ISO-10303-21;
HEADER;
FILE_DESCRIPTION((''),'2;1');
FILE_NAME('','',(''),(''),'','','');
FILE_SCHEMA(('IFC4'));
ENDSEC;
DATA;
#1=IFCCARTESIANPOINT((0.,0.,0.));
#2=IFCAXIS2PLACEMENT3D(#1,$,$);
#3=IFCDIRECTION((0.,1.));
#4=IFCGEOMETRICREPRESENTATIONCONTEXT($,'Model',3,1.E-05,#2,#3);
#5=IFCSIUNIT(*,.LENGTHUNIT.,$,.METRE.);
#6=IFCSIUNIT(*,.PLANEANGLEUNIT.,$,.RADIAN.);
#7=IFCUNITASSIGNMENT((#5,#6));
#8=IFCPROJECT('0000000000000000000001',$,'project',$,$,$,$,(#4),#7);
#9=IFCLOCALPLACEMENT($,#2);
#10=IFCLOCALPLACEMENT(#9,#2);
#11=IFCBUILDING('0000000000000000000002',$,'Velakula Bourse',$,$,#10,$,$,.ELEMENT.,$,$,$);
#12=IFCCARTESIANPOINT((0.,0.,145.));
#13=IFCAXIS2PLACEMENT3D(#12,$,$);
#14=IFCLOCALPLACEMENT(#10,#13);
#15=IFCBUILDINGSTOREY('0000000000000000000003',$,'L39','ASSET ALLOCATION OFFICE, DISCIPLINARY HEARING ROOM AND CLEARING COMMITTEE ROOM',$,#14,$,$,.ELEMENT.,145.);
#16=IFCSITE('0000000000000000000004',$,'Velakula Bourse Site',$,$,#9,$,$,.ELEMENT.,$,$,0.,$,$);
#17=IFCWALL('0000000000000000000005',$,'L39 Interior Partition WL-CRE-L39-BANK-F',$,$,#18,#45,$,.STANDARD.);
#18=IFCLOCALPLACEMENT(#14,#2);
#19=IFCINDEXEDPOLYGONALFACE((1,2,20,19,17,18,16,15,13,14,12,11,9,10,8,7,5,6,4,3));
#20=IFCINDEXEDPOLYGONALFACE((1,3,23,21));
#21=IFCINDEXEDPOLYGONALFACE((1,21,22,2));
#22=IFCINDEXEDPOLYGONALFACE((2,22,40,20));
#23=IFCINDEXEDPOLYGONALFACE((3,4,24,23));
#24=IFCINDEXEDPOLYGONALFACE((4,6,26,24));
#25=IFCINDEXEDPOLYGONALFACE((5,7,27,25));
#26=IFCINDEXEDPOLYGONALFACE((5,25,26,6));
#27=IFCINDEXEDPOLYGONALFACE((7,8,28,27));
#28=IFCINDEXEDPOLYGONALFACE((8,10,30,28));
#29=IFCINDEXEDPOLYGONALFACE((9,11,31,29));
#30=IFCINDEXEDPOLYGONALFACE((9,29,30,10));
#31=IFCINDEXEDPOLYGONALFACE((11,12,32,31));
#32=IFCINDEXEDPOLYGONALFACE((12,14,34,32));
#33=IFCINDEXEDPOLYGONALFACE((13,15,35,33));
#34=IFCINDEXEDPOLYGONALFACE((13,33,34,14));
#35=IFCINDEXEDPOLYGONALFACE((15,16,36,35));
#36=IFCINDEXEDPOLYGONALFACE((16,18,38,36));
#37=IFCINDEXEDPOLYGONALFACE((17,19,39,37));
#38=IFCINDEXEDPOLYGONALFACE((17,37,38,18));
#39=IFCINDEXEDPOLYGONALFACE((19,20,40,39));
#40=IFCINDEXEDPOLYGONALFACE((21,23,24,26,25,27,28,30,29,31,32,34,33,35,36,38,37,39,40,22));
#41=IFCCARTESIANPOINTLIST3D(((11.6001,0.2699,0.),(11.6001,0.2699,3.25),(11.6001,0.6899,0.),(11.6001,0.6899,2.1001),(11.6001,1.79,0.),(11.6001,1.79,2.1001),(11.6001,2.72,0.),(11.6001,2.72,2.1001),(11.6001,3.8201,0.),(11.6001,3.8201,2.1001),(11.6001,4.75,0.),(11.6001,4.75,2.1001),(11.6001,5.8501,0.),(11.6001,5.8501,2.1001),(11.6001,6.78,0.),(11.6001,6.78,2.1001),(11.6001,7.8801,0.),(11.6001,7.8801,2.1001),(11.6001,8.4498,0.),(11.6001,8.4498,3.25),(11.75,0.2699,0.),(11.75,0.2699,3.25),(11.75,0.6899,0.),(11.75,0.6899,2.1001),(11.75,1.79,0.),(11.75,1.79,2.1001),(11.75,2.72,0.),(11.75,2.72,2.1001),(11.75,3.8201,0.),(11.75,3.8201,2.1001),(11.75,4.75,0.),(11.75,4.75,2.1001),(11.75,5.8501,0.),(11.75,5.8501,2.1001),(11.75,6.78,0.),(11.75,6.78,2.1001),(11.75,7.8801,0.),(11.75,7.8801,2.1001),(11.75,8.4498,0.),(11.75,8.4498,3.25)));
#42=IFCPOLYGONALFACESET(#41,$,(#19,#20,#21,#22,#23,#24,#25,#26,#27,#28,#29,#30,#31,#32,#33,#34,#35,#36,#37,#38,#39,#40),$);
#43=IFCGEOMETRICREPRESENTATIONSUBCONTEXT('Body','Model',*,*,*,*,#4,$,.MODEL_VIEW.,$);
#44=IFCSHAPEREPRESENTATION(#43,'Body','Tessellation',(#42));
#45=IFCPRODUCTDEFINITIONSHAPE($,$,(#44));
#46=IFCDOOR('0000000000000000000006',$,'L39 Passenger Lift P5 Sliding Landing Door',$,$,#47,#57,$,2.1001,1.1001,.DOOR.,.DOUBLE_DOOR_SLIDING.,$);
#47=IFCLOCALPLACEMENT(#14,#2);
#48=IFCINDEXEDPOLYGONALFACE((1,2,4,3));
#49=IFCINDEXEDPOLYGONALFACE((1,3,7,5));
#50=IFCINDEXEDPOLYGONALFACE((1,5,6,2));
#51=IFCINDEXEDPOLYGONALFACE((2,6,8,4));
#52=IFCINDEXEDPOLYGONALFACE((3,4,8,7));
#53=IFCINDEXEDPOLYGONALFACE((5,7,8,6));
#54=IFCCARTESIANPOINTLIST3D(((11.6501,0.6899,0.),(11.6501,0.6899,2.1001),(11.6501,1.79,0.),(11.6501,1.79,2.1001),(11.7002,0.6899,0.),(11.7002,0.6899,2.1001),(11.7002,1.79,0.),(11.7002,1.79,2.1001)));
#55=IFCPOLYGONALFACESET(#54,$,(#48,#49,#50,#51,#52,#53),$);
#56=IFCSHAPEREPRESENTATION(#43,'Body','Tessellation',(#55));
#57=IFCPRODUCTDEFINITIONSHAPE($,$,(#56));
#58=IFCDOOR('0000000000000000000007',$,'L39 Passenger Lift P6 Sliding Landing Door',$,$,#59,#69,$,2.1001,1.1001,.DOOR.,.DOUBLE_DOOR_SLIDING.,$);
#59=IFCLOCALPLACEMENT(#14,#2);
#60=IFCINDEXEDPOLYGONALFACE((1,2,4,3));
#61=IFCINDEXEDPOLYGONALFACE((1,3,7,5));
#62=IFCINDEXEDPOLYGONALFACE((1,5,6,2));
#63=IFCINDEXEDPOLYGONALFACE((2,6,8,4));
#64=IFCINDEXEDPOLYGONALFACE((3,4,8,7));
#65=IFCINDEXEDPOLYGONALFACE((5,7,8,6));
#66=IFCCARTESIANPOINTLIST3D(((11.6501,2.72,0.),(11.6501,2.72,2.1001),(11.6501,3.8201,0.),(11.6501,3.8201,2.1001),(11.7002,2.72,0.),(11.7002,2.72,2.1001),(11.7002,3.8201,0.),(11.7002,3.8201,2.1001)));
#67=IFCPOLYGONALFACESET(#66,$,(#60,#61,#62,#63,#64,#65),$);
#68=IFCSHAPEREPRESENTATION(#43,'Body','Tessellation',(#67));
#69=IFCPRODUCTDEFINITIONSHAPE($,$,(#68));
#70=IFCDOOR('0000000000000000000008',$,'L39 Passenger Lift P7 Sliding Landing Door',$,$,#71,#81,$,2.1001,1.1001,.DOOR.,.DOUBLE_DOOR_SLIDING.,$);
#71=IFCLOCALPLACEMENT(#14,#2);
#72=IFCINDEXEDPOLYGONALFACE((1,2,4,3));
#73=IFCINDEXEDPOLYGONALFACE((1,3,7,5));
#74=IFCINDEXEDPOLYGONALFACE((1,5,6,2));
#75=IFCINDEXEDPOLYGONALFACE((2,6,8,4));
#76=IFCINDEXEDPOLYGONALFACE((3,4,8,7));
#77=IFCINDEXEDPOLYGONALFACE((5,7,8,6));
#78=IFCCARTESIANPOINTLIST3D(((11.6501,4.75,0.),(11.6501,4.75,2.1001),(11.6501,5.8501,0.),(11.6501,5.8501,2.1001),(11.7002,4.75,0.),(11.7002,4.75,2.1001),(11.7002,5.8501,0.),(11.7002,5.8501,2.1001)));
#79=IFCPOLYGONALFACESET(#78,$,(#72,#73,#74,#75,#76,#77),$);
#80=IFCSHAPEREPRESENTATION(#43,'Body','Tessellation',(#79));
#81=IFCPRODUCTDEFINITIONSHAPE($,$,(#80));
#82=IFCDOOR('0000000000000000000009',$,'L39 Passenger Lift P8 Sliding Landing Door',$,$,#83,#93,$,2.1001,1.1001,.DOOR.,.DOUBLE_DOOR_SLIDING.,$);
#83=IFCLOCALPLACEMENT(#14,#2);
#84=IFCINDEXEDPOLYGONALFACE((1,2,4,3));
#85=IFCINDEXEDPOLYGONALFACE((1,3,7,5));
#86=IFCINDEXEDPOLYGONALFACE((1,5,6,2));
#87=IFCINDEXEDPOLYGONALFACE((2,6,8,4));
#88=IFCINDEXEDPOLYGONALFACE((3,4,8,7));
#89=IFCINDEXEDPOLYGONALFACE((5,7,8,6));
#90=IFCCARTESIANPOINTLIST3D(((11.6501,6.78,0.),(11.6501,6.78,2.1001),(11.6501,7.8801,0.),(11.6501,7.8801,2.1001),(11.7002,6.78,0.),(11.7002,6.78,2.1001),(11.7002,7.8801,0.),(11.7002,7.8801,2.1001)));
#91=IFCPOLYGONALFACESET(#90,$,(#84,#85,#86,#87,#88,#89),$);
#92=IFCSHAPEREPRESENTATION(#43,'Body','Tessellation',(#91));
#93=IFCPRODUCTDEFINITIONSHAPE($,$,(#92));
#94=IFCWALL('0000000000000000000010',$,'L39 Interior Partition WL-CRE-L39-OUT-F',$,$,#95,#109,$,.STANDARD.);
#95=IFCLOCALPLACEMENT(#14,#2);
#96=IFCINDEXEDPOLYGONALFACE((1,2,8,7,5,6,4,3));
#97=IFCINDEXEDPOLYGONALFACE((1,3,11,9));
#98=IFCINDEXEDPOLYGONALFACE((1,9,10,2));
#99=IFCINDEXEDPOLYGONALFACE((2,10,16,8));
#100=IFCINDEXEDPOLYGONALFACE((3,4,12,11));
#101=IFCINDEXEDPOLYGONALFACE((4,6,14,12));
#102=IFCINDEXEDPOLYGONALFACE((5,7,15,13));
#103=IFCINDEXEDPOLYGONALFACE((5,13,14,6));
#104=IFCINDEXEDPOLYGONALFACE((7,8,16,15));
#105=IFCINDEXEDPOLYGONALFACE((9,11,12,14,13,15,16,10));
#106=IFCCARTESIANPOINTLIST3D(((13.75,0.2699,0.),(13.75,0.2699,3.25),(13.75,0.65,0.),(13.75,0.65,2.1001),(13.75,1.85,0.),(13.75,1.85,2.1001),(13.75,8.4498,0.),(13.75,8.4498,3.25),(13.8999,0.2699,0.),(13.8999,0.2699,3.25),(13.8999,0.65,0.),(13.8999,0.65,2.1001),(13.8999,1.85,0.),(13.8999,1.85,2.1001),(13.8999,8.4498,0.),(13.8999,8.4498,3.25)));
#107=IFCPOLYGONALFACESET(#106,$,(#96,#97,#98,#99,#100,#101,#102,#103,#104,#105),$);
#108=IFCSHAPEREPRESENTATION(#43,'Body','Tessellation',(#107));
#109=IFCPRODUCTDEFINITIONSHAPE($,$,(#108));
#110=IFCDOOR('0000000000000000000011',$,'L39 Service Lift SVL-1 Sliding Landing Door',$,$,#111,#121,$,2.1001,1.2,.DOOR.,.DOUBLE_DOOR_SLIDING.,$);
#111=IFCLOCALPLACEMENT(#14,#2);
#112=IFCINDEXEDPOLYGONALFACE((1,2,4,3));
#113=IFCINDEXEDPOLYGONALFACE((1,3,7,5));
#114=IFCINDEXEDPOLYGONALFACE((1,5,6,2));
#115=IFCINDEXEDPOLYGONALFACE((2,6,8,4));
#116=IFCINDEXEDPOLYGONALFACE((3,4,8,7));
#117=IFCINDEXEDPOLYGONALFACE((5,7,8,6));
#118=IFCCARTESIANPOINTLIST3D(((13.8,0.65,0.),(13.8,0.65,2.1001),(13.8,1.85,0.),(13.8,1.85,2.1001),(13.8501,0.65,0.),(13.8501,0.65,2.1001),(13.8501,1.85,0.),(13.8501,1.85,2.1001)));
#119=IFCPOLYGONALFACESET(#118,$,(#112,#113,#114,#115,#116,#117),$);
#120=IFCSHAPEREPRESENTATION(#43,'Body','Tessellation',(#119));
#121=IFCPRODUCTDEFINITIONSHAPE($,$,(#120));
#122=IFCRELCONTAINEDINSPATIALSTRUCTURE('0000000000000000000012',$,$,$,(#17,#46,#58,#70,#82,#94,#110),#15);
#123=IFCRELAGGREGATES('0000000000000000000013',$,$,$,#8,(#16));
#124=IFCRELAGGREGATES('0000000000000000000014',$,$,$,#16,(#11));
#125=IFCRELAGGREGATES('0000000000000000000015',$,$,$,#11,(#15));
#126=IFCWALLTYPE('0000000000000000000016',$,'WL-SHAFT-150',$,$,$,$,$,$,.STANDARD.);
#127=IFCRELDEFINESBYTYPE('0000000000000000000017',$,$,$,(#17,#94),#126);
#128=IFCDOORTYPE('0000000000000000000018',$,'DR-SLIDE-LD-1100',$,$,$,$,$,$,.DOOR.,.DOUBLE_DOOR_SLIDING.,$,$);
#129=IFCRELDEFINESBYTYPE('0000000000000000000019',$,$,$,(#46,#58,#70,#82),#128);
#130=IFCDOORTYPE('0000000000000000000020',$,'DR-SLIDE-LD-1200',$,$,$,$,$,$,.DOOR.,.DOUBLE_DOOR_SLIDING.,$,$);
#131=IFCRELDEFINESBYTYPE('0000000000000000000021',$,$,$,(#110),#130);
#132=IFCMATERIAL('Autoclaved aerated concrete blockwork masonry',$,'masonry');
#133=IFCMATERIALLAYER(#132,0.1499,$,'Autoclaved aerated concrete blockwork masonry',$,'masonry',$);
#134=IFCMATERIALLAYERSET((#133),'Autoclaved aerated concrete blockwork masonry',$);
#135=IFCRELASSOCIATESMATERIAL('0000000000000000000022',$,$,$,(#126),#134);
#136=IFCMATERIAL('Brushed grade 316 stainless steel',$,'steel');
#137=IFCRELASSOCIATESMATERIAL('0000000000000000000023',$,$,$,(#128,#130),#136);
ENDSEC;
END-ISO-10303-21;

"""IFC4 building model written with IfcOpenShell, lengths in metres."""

from ifc_helpers import new_model, si_unit, direction, frame, frame_2d, origin, place, context, subcontext, project, spatial, rectangle, extrude, material, layer, layer_set, type_object, element, fill, save


model = new_model("IFC4")

# Units and contexts
model_context = context("Model", 3, precision=1e-05, world=origin(), true_north=direction((0.0, 1.0)))
body_context = subcontext(model_context, "Body", "Model", "MODEL_VIEW")
ifc_project = project(units=[si_unit("LENGTHUNIT", "METRE"), si_unit("PLANEANGLEUNIT", "RADIAN")], contexts=[model_context])

# Site, building, storey
site_placement = place(None, origin())
site = spatial("IfcSite", under=ifc_project, at=site_placement, Name="Velakula Bourse Site", CompositionType="ELEMENT", RefElevation=0.0)
building_placement = place(site_placement, origin())
building = spatial("IfcBuilding", under=site, at=building_placement, Name="Velakula Bourse", CompositionType="ELEMENT")
storey_placement = place(building_placement, frame((0.0, 0.0, 145.0)))
storey = spatial("IfcBuildingStorey", under=building, at=storey_placement, Name="L39", Description="ASSET ALLOCATION OFFICE, DISCIPLINARY HEARING ROOM AND CLEARING COMMITTEE ROOM", CompositionType="ELEMENT", Elevation=145.0)

# Shared definitions
ifc_material_1 = material(Name="Autoclaved aerated concrete blockwork masonry", Category="masonry")
ifc_layer_1 = layer(ifc_material_1, 0.1499, Name="Autoclaved aerated concrete blockwork masonry", Category="masonry")
ifc_layer_set_1 = layer_set([ifc_layer_1], Name="Autoclaved aerated concrete blockwork masonry")
wall_type_1 = type_object("IfcWallType", Name="WL-SHAFT-150", PredefinedType="STANDARD", material=ifc_layer_set_1)

# Wall, openings, doors
wall_1_placement = place(storey_placement, frame((11.675, 0.27, 0.0), z_axis=(0.0, 0.0, 1.0), x_axis=(0.0, 1.0, 0.0)))
wall_1 = element("IfcWall", 1, at=wall_1_placement, inside=storey, type_object=wall_type_1, Name="L39 Interior Partition WL-CRE-L39-BANK-F", PredefinedType="STANDARD", context=body_context, shape_type="SweptSolid", body=[
    extrude(rectangle(XDim=8.1799, YDim=0.1499, at=frame_2d((4.0898, 0.0))), origin(), (0.0, 0.0, 1.0), 3.25),
])
opening_1_placement = place(wall_1_placement, frame((0.4199, 0.0, 0.0)))
opening_1 = element("IfcOpeningElement", 2, at=opening_1_placement, cuts=wall_1, PredefinedType="OPENING", context=body_context, shape_type="SweptSolid", body=[
    extrude(rectangle(XDim=1.1001, YDim=2.1001, at=frame_2d((0.55, 1.05))), frame((0.0, 0.085, 0.0), z_axis=(0.0, -1.0, 0.0), x_axis=(1.0, 0.0, 0.0)), (0.0, 0.0, 1.0), 0.1699),
])
opening_2_placement = place(wall_1_placement, frame((2.45, 0.0, 0.0)))
opening_2 = element("IfcOpeningElement", 3, at=opening_2_placement, cuts=wall_1, PredefinedType="OPENING", context=body_context, shape_type="SweptSolid", body=[
    extrude(rectangle(XDim=1.1001, YDim=2.1001, at=frame_2d((0.55, 1.05))), frame((0.0, 0.085, 0.0), z_axis=(0.0, -1.0, 0.0), x_axis=(1.0, 0.0, 0.0)), (0.0, 0.0, 1.0), 0.1699),
])
opening_3_placement = place(wall_1_placement, frame((4.48, 0.0, 0.0)))
opening_3 = element("IfcOpeningElement", 4, at=opening_3_placement, cuts=wall_1, PredefinedType="OPENING", context=body_context, shape_type="SweptSolid", body=[
    extrude(rectangle(XDim=1.1001, YDim=2.1001, at=frame_2d((0.55, 1.05))), frame((0.0, 0.085, 0.0), z_axis=(0.0, -1.0, 0.0), x_axis=(1.0, 0.0, 0.0)), (0.0, 0.0, 1.0), 0.1699),
])
opening_4_placement = place(wall_1_placement, frame((6.51, 0.0, 0.0)))
opening_4 = element("IfcOpeningElement", 5, at=opening_4_placement, cuts=wall_1, PredefinedType="OPENING", context=body_context, shape_type="SweptSolid", body=[
    extrude(rectangle(XDim=1.1001, YDim=2.1001, at=frame_2d((0.55, 1.05))), frame((0.0, 0.085, 0.0), z_axis=(0.0, -1.0, 0.0), x_axis=(1.0, 0.0, 0.0)), (0.0, 0.0, 1.0), 0.1699),
])
ifc_material_2 = material(Name="Brushed grade 316 stainless steel", Category="steel")
door_type_1 = type_object("IfcDoorType", Name="DR-SLIDE-LD-1100", OperationType="DOUBLE_DOOR_SLIDING", PredefinedType="DOOR", material=ifc_material_2)
door_1_placement = place(opening_1_placement, origin())
door_1 = element("IfcDoor", 6, at=door_1_placement, inside=storey, type_object=door_type_1, Name="L39 Passenger Lift P5 Sliding Landing Door", OperationType="DOUBLE_DOOR_SLIDING", OverallHeight=2.1001, OverallWidth=1.1001, PredefinedType="DOOR", context=body_context, shape_type="SweptSolid", body=[
    extrude(rectangle(XDim=1.1001, YDim=2.1001, at=frame_2d((0.55, 1.05))), frame((0.0, 0.0249, 0.0), z_axis=(0.0, -1.0, 0.0), x_axis=(1.0, 0.0, 0.0)), (0.0, 0.0, 1.0), 0.05),
])
fill(opening_1, door_1)
door_2_placement = place(opening_2_placement, origin())
door_2 = element("IfcDoor", 7, at=door_2_placement, inside=storey, type_object=door_type_1, Name="L39 Passenger Lift P6 Sliding Landing Door", OperationType="DOUBLE_DOOR_SLIDING", OverallHeight=2.1001, OverallWidth=1.1001, PredefinedType="DOOR", context=body_context, shape_type="SweptSolid", body=[
    extrude(rectangle(XDim=1.1001, YDim=2.1001, at=frame_2d((0.55, 1.05))), frame((0.0, 0.0249, 0.0), z_axis=(0.0, -1.0, 0.0), x_axis=(1.0, 0.0, 0.0)), (0.0, 0.0, 1.0), 0.05),
])
fill(opening_2, door_2)
door_3_placement = place(opening_3_placement, origin())
door_3 = element("IfcDoor", 8, at=door_3_placement, inside=storey, type_object=door_type_1, Name="L39 Passenger Lift P7 Sliding Landing Door", OperationType="DOUBLE_DOOR_SLIDING", OverallHeight=2.1001, OverallWidth=1.1001, PredefinedType="DOOR", context=body_context, shape_type="SweptSolid", body=[
    extrude(rectangle(XDim=1.1001, YDim=2.1001, at=frame_2d((0.55, 1.05))), frame((0.0, 0.0249, 0.0), z_axis=(0.0, -1.0, 0.0), x_axis=(1.0, 0.0, 0.0)), (0.0, 0.0, 1.0), 0.05),
])
fill(opening_3, door_3)
door_4_placement = place(opening_4_placement, origin())
door_4 = element("IfcDoor", 9, at=door_4_placement, inside=storey, type_object=door_type_1, Name="L39 Passenger Lift P8 Sliding Landing Door", OperationType="DOUBLE_DOOR_SLIDING", OverallHeight=2.1001, OverallWidth=1.1001, PredefinedType="DOOR", context=body_context, shape_type="SweptSolid", body=[
    extrude(rectangle(XDim=1.1001, YDim=2.1001, at=frame_2d((0.55, 1.05))), frame((0.0, 0.0249, 0.0), z_axis=(0.0, -1.0, 0.0), x_axis=(1.0, 0.0, 0.0)), (0.0, 0.0, 1.0), 0.05),
])
fill(opening_4, door_4)

# Wall, opening, door
wall_2_placement = place(storey_placement, frame((13.825, 0.27, 0.0), z_axis=(0.0, 0.0, 1.0), x_axis=(0.0, 1.0, 0.0)))
wall_2 = element("IfcWall", 10, at=wall_2_placement, inside=storey, type_object=wall_type_1, Name="L39 Interior Partition WL-CRE-L39-OUT-F", PredefinedType="STANDARD", context=body_context, shape_type="SweptSolid", body=[
    extrude(rectangle(XDim=8.1799, YDim=0.1499, at=frame_2d((4.0898, 0.0))), origin(), (0.0, 0.0, 1.0), 3.25),
])
opening_5_placement = place(wall_2_placement, frame((0.3799, 0.0, 0.0)))
opening_5 = element("IfcOpeningElement", 11, at=opening_5_placement, cuts=wall_2, PredefinedType="OPENING", context=body_context, shape_type="SweptSolid", body=[
    extrude(rectangle(XDim=1.2, YDim=2.1001, at=frame_2d((0.6001, 1.05))), frame((0.0, 0.085, 0.0), z_axis=(0.0, -1.0, 0.0), x_axis=(1.0, 0.0, 0.0)), (0.0, 0.0, 1.0), 0.1699),
])
door_type_2 = type_object("IfcDoorType", Name="DR-SLIDE-LD-1200", OperationType="DOUBLE_DOOR_SLIDING", PredefinedType="DOOR", material=ifc_material_2)
door_5_placement = place(opening_5_placement, origin())
door_5 = element("IfcDoor", 12, at=door_5_placement, inside=storey, type_object=door_type_2, Name="L39 Service Lift SVL-1 Sliding Landing Door", OperationType="DOUBLE_DOOR_SLIDING", OverallHeight=2.1001, OverallWidth=1.2, PredefinedType="DOOR", context=body_context, shape_type="SweptSolid", body=[
    extrude(rectangle(XDim=1.2, YDim=2.1001, at=frame_2d((0.6001, 1.05))), frame((0.0, 0.0249, 0.0), z_axis=(0.0, -1.0, 0.0), x_axis=(1.0, 0.0, 0.0)), (0.0, 0.0, 1.0), 0.05),
])
fill(opening_5, door_5)

save(model, "model.ifc")
